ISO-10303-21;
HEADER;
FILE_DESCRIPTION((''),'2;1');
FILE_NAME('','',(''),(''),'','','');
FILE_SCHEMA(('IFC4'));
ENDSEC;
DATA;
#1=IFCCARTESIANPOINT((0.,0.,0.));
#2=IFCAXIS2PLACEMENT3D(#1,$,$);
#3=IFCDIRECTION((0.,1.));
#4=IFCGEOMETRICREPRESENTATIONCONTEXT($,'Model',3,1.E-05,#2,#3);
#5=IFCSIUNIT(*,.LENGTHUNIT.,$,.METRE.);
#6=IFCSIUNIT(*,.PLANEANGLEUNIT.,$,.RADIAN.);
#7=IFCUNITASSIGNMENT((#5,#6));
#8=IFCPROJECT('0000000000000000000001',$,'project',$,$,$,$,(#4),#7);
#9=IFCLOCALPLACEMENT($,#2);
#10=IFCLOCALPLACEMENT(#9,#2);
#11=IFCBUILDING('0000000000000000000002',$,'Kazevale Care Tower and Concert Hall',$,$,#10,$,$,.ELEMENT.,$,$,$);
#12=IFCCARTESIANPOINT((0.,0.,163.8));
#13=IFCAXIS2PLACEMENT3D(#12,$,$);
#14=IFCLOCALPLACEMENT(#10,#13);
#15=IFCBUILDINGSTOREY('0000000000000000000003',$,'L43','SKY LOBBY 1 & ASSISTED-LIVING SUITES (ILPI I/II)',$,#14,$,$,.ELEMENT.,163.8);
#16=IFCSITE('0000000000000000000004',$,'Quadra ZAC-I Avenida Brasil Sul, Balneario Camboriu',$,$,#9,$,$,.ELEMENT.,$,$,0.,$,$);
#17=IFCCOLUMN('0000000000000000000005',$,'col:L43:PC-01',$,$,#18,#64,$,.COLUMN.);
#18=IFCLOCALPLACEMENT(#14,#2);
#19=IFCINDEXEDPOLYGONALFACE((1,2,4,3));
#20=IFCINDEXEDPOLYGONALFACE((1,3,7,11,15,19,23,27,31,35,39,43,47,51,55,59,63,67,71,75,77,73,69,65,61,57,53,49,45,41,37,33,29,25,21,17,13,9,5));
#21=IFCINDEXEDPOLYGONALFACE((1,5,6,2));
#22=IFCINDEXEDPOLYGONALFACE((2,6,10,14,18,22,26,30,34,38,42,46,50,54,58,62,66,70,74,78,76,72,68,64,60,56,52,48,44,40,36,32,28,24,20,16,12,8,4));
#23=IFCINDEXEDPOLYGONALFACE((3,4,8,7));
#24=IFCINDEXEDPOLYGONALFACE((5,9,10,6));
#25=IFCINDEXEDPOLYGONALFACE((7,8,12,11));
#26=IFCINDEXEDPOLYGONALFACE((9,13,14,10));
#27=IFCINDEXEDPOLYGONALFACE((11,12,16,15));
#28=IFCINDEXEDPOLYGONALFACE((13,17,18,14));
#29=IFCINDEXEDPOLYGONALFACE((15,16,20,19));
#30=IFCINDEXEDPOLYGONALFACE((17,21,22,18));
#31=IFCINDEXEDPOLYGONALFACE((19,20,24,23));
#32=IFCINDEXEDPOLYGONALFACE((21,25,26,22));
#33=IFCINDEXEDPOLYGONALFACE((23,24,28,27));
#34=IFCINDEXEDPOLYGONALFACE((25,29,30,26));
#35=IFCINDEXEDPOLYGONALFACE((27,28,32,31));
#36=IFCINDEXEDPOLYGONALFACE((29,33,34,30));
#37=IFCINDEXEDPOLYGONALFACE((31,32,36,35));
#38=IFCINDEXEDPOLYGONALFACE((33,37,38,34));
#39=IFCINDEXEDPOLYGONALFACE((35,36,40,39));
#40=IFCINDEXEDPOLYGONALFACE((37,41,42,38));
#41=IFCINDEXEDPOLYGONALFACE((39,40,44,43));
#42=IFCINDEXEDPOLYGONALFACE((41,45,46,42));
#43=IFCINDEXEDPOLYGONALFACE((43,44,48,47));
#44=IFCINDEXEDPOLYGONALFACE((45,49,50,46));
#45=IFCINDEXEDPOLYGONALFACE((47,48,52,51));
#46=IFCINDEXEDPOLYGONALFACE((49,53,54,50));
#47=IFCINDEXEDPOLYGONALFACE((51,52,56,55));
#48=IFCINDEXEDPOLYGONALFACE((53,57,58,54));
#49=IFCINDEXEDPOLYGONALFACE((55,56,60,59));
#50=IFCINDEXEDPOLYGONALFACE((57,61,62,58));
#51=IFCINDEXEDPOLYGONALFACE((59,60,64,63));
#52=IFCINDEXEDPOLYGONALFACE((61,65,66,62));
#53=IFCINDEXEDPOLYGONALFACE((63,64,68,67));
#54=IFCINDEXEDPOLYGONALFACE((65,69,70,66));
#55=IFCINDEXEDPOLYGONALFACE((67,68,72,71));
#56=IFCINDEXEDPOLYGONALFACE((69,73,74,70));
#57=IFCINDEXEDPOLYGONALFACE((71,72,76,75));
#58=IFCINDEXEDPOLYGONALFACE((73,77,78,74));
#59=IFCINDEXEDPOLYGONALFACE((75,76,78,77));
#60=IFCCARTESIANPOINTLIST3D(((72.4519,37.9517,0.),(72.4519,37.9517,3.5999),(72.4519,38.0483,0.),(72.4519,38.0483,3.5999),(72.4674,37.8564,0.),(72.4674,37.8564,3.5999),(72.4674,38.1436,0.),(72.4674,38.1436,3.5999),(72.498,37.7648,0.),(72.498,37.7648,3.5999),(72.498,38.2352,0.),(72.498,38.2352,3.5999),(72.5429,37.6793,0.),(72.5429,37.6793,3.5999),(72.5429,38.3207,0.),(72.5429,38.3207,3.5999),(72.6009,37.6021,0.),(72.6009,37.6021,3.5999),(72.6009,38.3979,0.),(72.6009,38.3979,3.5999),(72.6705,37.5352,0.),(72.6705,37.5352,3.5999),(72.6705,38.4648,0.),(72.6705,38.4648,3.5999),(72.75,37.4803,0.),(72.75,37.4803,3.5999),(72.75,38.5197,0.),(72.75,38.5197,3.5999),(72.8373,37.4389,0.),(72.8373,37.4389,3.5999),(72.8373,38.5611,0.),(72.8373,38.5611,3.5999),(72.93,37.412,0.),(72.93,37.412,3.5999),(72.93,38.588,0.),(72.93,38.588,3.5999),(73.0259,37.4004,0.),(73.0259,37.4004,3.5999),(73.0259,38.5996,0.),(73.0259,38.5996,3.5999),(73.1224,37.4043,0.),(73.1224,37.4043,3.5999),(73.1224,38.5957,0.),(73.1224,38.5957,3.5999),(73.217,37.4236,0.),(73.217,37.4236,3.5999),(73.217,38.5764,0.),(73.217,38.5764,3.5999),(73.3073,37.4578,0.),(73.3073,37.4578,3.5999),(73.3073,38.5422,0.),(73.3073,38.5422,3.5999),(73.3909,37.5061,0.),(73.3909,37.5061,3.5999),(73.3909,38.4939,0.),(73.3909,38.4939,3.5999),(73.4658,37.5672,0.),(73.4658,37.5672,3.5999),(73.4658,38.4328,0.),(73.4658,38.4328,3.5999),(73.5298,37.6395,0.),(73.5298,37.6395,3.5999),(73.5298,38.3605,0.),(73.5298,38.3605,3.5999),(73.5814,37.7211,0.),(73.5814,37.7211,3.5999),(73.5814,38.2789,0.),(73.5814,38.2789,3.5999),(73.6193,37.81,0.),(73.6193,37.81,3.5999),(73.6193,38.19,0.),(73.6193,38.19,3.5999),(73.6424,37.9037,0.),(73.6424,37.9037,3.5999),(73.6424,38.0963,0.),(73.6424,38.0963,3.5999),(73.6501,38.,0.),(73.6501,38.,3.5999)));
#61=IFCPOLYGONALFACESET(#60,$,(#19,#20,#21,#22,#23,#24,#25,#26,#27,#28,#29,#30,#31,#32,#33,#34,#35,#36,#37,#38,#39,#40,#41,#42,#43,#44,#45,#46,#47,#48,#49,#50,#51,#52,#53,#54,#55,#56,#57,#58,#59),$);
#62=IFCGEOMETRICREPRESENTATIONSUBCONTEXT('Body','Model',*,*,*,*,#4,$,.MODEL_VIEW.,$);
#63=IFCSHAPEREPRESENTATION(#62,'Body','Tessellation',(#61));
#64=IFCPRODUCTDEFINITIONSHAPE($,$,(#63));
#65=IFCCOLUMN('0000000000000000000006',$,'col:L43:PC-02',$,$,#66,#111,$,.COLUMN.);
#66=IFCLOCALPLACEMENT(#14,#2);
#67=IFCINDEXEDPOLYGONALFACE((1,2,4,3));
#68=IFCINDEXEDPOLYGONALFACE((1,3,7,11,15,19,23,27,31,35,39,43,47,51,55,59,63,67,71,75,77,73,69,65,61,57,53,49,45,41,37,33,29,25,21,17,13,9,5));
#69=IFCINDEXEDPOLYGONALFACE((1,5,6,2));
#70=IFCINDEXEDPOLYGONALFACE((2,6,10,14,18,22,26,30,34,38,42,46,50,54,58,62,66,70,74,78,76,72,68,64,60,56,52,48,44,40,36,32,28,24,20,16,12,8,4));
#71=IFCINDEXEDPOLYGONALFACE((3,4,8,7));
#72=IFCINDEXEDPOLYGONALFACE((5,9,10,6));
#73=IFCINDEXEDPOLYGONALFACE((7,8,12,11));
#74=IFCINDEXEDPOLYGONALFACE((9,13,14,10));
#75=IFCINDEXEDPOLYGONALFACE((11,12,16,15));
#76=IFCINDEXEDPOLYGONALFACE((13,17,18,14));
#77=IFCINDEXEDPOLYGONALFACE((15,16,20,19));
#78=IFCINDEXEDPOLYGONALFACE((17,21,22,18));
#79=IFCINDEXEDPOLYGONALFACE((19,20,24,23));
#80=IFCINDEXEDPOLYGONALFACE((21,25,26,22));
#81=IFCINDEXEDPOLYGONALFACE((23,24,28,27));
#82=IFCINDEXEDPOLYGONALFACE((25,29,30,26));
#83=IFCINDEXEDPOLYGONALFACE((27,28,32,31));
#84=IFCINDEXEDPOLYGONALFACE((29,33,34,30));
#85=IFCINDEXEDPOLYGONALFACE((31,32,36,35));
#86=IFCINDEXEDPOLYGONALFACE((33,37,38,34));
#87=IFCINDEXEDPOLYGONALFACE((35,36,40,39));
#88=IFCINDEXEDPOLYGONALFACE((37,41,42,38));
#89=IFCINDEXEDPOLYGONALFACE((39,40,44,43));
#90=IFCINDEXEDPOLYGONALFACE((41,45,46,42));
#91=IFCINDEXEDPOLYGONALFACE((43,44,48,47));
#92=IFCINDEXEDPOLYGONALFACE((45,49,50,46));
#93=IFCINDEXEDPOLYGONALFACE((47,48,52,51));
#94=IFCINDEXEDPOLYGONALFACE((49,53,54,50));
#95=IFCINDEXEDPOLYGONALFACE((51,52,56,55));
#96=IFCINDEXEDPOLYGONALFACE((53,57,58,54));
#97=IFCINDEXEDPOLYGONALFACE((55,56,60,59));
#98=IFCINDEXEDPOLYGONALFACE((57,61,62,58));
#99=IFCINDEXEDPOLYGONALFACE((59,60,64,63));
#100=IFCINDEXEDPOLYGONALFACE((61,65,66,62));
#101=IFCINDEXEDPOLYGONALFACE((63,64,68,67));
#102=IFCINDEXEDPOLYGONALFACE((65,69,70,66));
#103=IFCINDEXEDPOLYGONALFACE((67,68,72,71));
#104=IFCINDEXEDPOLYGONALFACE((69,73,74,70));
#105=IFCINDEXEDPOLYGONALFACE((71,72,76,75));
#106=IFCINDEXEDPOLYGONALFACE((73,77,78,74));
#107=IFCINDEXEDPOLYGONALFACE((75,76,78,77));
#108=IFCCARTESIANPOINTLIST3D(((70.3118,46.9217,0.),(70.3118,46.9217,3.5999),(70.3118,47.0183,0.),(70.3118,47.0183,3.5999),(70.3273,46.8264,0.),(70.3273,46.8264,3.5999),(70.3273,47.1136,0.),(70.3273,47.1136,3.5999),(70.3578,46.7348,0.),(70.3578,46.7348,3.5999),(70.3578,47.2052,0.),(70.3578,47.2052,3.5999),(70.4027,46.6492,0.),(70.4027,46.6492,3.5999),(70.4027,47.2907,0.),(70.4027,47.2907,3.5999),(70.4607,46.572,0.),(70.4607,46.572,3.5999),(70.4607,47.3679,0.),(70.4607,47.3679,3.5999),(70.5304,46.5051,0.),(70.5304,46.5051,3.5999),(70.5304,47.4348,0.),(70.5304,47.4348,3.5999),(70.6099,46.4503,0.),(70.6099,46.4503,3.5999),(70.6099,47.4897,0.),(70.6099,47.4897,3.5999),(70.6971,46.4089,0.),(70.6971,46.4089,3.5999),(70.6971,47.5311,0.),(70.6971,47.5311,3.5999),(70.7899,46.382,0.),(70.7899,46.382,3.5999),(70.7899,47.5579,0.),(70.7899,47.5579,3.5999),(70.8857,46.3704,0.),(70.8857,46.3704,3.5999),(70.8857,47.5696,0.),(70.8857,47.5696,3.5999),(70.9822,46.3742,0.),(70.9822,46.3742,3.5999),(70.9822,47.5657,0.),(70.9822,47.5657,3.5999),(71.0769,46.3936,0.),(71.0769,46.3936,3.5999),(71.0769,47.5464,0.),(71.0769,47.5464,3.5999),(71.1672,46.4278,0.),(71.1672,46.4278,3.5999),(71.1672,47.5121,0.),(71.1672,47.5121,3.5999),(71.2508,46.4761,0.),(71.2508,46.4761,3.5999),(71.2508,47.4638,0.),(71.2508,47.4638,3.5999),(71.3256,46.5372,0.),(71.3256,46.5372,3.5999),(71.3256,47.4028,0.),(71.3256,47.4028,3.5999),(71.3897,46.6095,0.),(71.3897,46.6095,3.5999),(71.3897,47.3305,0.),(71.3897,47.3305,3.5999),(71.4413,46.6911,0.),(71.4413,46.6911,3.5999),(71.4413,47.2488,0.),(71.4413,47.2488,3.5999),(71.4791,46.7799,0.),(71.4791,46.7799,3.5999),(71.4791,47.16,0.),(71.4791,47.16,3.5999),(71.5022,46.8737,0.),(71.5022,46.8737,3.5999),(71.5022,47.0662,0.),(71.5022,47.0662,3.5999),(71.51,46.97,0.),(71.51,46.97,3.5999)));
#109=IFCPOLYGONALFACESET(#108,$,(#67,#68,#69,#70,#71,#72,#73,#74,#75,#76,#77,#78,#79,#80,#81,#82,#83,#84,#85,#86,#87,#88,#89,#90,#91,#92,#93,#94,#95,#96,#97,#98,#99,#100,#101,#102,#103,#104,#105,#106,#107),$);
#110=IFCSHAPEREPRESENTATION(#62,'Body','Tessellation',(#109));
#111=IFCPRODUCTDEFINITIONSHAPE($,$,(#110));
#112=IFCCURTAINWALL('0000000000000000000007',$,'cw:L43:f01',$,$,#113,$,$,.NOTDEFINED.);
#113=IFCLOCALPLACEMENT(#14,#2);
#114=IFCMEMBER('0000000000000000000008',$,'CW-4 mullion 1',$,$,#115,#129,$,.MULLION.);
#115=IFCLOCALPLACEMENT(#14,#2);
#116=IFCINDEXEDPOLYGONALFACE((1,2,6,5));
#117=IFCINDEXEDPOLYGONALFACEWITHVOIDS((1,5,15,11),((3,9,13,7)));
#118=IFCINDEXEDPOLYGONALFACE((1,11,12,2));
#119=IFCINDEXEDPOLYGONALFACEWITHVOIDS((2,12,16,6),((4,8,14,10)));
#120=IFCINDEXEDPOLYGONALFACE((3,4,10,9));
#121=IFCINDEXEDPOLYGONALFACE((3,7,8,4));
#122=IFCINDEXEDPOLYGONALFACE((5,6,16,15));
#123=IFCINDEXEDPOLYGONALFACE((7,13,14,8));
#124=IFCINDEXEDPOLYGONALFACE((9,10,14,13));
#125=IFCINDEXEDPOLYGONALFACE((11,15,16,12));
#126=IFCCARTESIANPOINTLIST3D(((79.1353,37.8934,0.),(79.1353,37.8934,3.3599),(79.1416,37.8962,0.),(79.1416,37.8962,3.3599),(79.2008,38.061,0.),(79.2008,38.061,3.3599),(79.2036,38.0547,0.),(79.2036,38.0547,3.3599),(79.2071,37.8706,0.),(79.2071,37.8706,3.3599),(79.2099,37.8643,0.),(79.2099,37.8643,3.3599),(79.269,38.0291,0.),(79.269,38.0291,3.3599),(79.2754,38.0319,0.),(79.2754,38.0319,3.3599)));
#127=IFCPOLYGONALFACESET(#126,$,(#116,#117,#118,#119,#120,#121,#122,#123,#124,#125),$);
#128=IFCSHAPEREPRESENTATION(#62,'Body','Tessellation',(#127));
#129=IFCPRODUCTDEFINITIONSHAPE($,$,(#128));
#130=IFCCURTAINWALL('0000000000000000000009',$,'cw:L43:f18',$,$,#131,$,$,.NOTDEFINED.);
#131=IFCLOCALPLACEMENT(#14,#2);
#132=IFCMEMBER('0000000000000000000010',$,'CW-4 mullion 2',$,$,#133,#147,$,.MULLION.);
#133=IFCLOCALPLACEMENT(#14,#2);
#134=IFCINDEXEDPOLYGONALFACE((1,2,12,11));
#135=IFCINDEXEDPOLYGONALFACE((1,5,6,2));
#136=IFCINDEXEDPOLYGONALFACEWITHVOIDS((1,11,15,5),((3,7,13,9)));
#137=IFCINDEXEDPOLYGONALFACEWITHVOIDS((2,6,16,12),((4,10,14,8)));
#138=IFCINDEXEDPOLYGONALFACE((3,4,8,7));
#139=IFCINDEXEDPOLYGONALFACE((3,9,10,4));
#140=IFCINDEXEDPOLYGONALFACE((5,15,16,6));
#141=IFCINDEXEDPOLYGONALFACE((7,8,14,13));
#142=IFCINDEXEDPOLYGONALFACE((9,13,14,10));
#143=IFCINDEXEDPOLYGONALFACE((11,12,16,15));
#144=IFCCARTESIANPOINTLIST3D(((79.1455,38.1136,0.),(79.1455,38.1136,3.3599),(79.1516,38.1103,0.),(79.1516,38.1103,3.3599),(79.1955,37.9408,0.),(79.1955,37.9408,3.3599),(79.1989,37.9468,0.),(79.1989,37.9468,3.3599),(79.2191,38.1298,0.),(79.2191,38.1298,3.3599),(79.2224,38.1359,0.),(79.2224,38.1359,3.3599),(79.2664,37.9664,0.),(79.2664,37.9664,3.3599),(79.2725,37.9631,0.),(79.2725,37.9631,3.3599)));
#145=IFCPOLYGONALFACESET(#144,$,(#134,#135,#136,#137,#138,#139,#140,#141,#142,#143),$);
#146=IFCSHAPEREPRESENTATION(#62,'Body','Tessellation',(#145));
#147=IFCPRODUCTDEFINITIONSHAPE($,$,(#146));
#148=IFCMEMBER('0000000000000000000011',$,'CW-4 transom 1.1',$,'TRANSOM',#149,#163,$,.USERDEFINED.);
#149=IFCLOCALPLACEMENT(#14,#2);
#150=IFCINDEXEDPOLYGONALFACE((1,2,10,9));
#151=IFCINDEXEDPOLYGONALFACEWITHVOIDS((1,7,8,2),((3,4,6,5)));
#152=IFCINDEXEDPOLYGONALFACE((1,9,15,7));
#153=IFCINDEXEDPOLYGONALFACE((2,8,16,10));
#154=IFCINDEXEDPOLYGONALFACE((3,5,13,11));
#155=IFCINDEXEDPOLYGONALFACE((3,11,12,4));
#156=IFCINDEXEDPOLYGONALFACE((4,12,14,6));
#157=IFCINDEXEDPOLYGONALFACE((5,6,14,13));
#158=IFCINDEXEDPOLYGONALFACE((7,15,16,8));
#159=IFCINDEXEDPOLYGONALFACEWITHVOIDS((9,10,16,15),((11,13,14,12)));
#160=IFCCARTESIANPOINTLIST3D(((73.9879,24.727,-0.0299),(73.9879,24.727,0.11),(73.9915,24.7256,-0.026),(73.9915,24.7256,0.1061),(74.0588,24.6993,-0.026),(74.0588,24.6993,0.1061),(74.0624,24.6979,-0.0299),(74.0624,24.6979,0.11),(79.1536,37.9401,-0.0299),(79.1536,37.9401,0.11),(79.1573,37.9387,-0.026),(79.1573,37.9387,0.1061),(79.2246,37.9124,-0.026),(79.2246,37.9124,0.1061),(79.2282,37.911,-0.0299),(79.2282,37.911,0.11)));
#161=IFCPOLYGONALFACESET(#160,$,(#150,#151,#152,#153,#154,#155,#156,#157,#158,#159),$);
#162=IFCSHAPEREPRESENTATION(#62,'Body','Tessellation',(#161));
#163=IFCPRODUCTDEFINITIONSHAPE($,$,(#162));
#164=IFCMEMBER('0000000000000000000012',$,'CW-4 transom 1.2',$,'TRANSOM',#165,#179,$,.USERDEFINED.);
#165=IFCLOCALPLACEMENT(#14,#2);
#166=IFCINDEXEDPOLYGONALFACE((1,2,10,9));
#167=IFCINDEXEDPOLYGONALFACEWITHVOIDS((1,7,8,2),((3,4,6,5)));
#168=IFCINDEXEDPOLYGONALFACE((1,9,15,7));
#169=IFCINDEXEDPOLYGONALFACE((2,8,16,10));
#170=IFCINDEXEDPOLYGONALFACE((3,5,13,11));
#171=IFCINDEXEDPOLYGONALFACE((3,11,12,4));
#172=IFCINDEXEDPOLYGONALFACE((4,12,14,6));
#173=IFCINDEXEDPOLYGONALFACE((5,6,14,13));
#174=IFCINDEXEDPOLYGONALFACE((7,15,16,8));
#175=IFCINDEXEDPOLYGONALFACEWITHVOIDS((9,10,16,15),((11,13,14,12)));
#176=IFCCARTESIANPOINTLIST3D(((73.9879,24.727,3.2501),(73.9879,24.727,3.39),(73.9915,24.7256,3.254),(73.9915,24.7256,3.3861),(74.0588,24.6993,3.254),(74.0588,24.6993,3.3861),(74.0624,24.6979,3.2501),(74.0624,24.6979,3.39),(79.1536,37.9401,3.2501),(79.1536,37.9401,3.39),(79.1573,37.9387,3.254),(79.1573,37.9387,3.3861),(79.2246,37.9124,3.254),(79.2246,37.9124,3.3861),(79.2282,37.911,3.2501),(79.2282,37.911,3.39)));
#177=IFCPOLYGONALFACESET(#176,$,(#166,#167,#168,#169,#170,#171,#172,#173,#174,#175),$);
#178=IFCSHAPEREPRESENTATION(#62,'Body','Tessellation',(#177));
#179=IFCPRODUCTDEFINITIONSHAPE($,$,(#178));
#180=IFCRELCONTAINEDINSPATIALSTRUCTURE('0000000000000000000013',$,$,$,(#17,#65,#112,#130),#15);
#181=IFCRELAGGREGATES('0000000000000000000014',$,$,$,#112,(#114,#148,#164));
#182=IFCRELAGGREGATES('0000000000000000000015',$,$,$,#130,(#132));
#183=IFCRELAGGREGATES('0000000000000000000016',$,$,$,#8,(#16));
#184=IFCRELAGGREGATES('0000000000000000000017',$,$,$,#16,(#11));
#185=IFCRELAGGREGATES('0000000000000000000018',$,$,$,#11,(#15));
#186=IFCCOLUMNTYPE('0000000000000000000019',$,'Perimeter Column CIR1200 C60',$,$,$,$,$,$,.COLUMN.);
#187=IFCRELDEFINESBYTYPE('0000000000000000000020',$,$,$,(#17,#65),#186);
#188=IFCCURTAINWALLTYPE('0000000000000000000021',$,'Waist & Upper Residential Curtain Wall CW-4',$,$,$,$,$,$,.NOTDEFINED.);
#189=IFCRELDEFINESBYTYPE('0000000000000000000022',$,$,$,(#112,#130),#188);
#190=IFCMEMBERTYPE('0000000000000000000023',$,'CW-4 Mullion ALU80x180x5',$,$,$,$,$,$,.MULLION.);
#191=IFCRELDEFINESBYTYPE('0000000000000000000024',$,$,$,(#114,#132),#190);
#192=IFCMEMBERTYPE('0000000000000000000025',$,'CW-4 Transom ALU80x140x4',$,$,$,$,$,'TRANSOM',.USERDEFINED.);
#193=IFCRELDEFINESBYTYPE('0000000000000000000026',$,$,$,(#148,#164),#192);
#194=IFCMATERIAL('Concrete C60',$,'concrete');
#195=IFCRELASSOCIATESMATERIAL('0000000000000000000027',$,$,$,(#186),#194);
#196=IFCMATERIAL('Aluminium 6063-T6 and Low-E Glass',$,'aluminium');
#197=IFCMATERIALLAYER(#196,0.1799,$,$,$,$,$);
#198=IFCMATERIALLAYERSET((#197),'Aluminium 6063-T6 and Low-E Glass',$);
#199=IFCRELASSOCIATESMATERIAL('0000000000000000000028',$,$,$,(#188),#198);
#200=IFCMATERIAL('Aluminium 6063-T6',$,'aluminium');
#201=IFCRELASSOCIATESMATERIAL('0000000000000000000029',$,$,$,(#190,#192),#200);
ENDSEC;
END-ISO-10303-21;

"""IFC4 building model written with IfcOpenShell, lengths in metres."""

from ifc_helpers import new_model, si_unit, direction, frame, origin, origin_2d, place, context, subcontext, project, spatial, hollow_rectangle, circle, extrude, material, layer, layer_set, material_profile, profile_set, type_object, element, aggregate, save


model = new_model("IFC4")

# Units and contexts
model_context = context("Model", 3, precision=1e-05, world=origin(), true_north=direction((0.0, 1.0)))
body_context = subcontext(model_context, "Body", "Model", "MODEL_VIEW")
ifc_project = project(units=[si_unit("LENGTHUNIT", "METRE"), si_unit("PLANEANGLEUNIT", "RADIAN")], contexts=[model_context])

# Site, building, storey
site_placement = place(None, origin())
site = spatial("IfcSite", under=ifc_project, at=site_placement, Name="Quadra ZAC-I Avenida Brasil Sul, Balneario Camboriu", CompositionType="ELEMENT", RefElevation=0.0)
building_placement = place(site_placement, origin())
building = spatial("IfcBuilding", under=site, at=building_placement, Name="Kazevale Care Tower and Concert Hall", CompositionType="ELEMENT")
storey_placement = place(building_placement, frame((0.0, 0.0, 163.8)))
storey = spatial("IfcBuildingStorey", under=building, at=storey_placement, Name="L43", Description="SKY LOBBY 1 & ASSISTED-LIVING SUITES (ILPI I/II)", CompositionType="ELEMENT", Elevation=163.8)

# Columns
ifc_material_1 = material(Name="Concrete C60", Category="concrete")
ifc_material_profile_1 = material_profile(ifc_material_1, circle(Radius=0.6001, at=origin_2d()), Name="RC-CIR1200")
ifc_profile_set_1 = profile_set([ifc_material_profile_1], Name="Concrete C60")
column_type = type_object("IfcColumnType", Name="Perimeter Column CIR1200 C60", PredefinedType="COLUMN", material=ifc_profile_set_1)
for number, where, z_axis, x_axis, name in (
    (1, (73.05, 38.0, 0.0), (0.0, 0.0, 1.0), (1.0, 0.0, 0.0), "col:L43:PC-01"),
    (2, (70.9099, 46.97, 0.0), (0.0, 0.0, 1.0), (1.0, 0.0, 0.0), "col:L43:PC-02"),
):
    element("IfcColumn", number, at=place(storey_placement, frame(where, z_axis=z_axis, x_axis=x_axis)), inside=storey, type_object=column_type, Name=name, PredefinedType="COLUMN", context=body_context, shape_type="SweptSolid", body=[
        extrude(circle(Radius=0.6001, at=origin_2d()), origin(), (0.0, 0.0, 1.0), 3.5999),
    ])

# Curtain walls, members
ifc_material_2 = material(Name="Aluminium 6063-T6 and Low-E Glass", Category="aluminium")
ifc_layer_1 = layer(ifc_material_2, 0.1799)
ifc_layer_set_1 = layer_set([ifc_layer_1], Name="Aluminium 6063-T6 and Low-E Glass")
curtain_wall_type = type_object("IfcCurtainWallType", Name="Waist & Upper Residential Curtain Wall CW-4", PredefinedType="NOTDEFINED", material=ifc_layer_set_1)
curtain_wall_1_placement = place(storey_placement, origin())
curtain_wall_1 = element("IfcCurtainWall", 3, at=curtain_wall_1_placement, inside=storey, type_object=curtain_wall_type, Name="cw:L43:f01", PredefinedType="NOTDEFINED")
ifc_material_3 = material(Name="Aluminium 6063-T6", Category="aluminium")
ifc_material_profile_2 = material_profile(ifc_material_3, hollow_rectangle(XDim=0.0801, YDim=0.1799, WallThickness=0.0049, at=origin_2d()), Name="ALU80x180x5")
ifc_profile_set_2 = profile_set([ifc_material_profile_2], Name="Aluminium 6063-T6")
member_type_1 = type_object("IfcMemberType", Name="CW-4 Mullion ALU80x180x5", PredefinedType="MULLION", material=ifc_profile_set_2)
member_1_placement = place(storey_placement, frame((79.2053, 37.9626, 0.0), z_axis=(0.0, 0.0, 1.0), x_axis=(0.931352, -0.364121, 0.0)))
member_1 = element("IfcMember", 4, at=member_1_placement, type_object=member_type_1, Name="CW-4 mullion 1", PredefinedType="MULLION", context=body_context, shape_type="SweptSolid", body=[
    extrude(hollow_rectangle(XDim=0.0801, YDim=0.1799, WallThickness=0.0049, at=origin_2d()), origin(), (0.0, 0.0, 1.0), 3.3599),
])
curtain_wall_2_placement = place(storey_placement, origin())
curtain_wall_2 = element("IfcCurtainWall", 5, at=curtain_wall_2_placement, inside=storey, type_object=curtain_wall_type, Name="cw:L43:f18", PredefinedType="NOTDEFINED")
member_2_placement = place(storey_placement, frame((79.209, 38.0383, 0.0), z_axis=(0.0, 0.0, 1.0), x_axis=(0.960542, 0.278137, 0.0)))
member_2 = element("IfcMember", 6, at=member_2_placement, type_object=member_type_1, Name="CW-4 mullion 2", PredefinedType="MULLION", context=body_context, shape_type="SweptSolid", body=[
    extrude(hollow_rectangle(XDim=0.0801, YDim=0.1799, WallThickness=0.0049, at=origin_2d()), origin(), (0.0, 0.0, 1.0), 3.3599),
])

# Members
ifc_material_profile_3 = material_profile(ifc_material_3, hollow_rectangle(XDim=0.0801, YDim=0.1399, WallThickness=0.0039, at=origin_2d()), Name="ALU80x140x4")
ifc_profile_set_3 = profile_set([ifc_material_profile_3], Name="Aluminium 6063-T6")
member_type_2 = type_object("IfcMemberType", Name="CW-4 Transom ALU80x140x4", ElementType="TRANSOM", PredefinedType="USERDEFINED", material=ifc_profile_set_3)
member_3_placement = place(storey_placement, frame((79.1909, 37.9255, 0.04), z_axis=(-0.364119, -0.931352, 0.0), x_axis=(0.931352, -0.364119, 0.0)))
member_3 = element("IfcMember", 7, at=member_3_placement, type_object=member_type_2, Name="CW-4 transom 1.1", ObjectType="TRANSOM", PredefinedType="USERDEFINED", context=body_context, shape_type="SweptSolid", body=[
    extrude(hollow_rectangle(XDim=0.0801, YDim=0.1399, WallThickness=0.0039, at=origin_2d()), origin(), (0.0, 0.0, 1.0), 14.187),
])
member_4_placement = place(storey_placement, frame((79.1909, 37.9255, 3.3201), z_axis=(-0.364119, -0.931352, 0.0), x_axis=(0.931352, -0.364119, 0.0)))
member_4 = element("IfcMember", 8, at=member_4_placement, type_object=member_type_2, Name="CW-4 transom 1.2", ObjectType="TRANSOM", PredefinedType="USERDEFINED", context=body_context, shape_type="SweptSolid", body=[
    extrude(hollow_rectangle(XDim=0.0801, YDim=0.1399, WallThickness=0.0039, at=origin_2d()), origin(), (0.0, 0.0, 1.0), 14.187),
])
aggregate(curtain_wall_1, [member_1, member_3, member_4])

aggregate(curtain_wall_2, [member_2])

save(model, "model.ifc")
